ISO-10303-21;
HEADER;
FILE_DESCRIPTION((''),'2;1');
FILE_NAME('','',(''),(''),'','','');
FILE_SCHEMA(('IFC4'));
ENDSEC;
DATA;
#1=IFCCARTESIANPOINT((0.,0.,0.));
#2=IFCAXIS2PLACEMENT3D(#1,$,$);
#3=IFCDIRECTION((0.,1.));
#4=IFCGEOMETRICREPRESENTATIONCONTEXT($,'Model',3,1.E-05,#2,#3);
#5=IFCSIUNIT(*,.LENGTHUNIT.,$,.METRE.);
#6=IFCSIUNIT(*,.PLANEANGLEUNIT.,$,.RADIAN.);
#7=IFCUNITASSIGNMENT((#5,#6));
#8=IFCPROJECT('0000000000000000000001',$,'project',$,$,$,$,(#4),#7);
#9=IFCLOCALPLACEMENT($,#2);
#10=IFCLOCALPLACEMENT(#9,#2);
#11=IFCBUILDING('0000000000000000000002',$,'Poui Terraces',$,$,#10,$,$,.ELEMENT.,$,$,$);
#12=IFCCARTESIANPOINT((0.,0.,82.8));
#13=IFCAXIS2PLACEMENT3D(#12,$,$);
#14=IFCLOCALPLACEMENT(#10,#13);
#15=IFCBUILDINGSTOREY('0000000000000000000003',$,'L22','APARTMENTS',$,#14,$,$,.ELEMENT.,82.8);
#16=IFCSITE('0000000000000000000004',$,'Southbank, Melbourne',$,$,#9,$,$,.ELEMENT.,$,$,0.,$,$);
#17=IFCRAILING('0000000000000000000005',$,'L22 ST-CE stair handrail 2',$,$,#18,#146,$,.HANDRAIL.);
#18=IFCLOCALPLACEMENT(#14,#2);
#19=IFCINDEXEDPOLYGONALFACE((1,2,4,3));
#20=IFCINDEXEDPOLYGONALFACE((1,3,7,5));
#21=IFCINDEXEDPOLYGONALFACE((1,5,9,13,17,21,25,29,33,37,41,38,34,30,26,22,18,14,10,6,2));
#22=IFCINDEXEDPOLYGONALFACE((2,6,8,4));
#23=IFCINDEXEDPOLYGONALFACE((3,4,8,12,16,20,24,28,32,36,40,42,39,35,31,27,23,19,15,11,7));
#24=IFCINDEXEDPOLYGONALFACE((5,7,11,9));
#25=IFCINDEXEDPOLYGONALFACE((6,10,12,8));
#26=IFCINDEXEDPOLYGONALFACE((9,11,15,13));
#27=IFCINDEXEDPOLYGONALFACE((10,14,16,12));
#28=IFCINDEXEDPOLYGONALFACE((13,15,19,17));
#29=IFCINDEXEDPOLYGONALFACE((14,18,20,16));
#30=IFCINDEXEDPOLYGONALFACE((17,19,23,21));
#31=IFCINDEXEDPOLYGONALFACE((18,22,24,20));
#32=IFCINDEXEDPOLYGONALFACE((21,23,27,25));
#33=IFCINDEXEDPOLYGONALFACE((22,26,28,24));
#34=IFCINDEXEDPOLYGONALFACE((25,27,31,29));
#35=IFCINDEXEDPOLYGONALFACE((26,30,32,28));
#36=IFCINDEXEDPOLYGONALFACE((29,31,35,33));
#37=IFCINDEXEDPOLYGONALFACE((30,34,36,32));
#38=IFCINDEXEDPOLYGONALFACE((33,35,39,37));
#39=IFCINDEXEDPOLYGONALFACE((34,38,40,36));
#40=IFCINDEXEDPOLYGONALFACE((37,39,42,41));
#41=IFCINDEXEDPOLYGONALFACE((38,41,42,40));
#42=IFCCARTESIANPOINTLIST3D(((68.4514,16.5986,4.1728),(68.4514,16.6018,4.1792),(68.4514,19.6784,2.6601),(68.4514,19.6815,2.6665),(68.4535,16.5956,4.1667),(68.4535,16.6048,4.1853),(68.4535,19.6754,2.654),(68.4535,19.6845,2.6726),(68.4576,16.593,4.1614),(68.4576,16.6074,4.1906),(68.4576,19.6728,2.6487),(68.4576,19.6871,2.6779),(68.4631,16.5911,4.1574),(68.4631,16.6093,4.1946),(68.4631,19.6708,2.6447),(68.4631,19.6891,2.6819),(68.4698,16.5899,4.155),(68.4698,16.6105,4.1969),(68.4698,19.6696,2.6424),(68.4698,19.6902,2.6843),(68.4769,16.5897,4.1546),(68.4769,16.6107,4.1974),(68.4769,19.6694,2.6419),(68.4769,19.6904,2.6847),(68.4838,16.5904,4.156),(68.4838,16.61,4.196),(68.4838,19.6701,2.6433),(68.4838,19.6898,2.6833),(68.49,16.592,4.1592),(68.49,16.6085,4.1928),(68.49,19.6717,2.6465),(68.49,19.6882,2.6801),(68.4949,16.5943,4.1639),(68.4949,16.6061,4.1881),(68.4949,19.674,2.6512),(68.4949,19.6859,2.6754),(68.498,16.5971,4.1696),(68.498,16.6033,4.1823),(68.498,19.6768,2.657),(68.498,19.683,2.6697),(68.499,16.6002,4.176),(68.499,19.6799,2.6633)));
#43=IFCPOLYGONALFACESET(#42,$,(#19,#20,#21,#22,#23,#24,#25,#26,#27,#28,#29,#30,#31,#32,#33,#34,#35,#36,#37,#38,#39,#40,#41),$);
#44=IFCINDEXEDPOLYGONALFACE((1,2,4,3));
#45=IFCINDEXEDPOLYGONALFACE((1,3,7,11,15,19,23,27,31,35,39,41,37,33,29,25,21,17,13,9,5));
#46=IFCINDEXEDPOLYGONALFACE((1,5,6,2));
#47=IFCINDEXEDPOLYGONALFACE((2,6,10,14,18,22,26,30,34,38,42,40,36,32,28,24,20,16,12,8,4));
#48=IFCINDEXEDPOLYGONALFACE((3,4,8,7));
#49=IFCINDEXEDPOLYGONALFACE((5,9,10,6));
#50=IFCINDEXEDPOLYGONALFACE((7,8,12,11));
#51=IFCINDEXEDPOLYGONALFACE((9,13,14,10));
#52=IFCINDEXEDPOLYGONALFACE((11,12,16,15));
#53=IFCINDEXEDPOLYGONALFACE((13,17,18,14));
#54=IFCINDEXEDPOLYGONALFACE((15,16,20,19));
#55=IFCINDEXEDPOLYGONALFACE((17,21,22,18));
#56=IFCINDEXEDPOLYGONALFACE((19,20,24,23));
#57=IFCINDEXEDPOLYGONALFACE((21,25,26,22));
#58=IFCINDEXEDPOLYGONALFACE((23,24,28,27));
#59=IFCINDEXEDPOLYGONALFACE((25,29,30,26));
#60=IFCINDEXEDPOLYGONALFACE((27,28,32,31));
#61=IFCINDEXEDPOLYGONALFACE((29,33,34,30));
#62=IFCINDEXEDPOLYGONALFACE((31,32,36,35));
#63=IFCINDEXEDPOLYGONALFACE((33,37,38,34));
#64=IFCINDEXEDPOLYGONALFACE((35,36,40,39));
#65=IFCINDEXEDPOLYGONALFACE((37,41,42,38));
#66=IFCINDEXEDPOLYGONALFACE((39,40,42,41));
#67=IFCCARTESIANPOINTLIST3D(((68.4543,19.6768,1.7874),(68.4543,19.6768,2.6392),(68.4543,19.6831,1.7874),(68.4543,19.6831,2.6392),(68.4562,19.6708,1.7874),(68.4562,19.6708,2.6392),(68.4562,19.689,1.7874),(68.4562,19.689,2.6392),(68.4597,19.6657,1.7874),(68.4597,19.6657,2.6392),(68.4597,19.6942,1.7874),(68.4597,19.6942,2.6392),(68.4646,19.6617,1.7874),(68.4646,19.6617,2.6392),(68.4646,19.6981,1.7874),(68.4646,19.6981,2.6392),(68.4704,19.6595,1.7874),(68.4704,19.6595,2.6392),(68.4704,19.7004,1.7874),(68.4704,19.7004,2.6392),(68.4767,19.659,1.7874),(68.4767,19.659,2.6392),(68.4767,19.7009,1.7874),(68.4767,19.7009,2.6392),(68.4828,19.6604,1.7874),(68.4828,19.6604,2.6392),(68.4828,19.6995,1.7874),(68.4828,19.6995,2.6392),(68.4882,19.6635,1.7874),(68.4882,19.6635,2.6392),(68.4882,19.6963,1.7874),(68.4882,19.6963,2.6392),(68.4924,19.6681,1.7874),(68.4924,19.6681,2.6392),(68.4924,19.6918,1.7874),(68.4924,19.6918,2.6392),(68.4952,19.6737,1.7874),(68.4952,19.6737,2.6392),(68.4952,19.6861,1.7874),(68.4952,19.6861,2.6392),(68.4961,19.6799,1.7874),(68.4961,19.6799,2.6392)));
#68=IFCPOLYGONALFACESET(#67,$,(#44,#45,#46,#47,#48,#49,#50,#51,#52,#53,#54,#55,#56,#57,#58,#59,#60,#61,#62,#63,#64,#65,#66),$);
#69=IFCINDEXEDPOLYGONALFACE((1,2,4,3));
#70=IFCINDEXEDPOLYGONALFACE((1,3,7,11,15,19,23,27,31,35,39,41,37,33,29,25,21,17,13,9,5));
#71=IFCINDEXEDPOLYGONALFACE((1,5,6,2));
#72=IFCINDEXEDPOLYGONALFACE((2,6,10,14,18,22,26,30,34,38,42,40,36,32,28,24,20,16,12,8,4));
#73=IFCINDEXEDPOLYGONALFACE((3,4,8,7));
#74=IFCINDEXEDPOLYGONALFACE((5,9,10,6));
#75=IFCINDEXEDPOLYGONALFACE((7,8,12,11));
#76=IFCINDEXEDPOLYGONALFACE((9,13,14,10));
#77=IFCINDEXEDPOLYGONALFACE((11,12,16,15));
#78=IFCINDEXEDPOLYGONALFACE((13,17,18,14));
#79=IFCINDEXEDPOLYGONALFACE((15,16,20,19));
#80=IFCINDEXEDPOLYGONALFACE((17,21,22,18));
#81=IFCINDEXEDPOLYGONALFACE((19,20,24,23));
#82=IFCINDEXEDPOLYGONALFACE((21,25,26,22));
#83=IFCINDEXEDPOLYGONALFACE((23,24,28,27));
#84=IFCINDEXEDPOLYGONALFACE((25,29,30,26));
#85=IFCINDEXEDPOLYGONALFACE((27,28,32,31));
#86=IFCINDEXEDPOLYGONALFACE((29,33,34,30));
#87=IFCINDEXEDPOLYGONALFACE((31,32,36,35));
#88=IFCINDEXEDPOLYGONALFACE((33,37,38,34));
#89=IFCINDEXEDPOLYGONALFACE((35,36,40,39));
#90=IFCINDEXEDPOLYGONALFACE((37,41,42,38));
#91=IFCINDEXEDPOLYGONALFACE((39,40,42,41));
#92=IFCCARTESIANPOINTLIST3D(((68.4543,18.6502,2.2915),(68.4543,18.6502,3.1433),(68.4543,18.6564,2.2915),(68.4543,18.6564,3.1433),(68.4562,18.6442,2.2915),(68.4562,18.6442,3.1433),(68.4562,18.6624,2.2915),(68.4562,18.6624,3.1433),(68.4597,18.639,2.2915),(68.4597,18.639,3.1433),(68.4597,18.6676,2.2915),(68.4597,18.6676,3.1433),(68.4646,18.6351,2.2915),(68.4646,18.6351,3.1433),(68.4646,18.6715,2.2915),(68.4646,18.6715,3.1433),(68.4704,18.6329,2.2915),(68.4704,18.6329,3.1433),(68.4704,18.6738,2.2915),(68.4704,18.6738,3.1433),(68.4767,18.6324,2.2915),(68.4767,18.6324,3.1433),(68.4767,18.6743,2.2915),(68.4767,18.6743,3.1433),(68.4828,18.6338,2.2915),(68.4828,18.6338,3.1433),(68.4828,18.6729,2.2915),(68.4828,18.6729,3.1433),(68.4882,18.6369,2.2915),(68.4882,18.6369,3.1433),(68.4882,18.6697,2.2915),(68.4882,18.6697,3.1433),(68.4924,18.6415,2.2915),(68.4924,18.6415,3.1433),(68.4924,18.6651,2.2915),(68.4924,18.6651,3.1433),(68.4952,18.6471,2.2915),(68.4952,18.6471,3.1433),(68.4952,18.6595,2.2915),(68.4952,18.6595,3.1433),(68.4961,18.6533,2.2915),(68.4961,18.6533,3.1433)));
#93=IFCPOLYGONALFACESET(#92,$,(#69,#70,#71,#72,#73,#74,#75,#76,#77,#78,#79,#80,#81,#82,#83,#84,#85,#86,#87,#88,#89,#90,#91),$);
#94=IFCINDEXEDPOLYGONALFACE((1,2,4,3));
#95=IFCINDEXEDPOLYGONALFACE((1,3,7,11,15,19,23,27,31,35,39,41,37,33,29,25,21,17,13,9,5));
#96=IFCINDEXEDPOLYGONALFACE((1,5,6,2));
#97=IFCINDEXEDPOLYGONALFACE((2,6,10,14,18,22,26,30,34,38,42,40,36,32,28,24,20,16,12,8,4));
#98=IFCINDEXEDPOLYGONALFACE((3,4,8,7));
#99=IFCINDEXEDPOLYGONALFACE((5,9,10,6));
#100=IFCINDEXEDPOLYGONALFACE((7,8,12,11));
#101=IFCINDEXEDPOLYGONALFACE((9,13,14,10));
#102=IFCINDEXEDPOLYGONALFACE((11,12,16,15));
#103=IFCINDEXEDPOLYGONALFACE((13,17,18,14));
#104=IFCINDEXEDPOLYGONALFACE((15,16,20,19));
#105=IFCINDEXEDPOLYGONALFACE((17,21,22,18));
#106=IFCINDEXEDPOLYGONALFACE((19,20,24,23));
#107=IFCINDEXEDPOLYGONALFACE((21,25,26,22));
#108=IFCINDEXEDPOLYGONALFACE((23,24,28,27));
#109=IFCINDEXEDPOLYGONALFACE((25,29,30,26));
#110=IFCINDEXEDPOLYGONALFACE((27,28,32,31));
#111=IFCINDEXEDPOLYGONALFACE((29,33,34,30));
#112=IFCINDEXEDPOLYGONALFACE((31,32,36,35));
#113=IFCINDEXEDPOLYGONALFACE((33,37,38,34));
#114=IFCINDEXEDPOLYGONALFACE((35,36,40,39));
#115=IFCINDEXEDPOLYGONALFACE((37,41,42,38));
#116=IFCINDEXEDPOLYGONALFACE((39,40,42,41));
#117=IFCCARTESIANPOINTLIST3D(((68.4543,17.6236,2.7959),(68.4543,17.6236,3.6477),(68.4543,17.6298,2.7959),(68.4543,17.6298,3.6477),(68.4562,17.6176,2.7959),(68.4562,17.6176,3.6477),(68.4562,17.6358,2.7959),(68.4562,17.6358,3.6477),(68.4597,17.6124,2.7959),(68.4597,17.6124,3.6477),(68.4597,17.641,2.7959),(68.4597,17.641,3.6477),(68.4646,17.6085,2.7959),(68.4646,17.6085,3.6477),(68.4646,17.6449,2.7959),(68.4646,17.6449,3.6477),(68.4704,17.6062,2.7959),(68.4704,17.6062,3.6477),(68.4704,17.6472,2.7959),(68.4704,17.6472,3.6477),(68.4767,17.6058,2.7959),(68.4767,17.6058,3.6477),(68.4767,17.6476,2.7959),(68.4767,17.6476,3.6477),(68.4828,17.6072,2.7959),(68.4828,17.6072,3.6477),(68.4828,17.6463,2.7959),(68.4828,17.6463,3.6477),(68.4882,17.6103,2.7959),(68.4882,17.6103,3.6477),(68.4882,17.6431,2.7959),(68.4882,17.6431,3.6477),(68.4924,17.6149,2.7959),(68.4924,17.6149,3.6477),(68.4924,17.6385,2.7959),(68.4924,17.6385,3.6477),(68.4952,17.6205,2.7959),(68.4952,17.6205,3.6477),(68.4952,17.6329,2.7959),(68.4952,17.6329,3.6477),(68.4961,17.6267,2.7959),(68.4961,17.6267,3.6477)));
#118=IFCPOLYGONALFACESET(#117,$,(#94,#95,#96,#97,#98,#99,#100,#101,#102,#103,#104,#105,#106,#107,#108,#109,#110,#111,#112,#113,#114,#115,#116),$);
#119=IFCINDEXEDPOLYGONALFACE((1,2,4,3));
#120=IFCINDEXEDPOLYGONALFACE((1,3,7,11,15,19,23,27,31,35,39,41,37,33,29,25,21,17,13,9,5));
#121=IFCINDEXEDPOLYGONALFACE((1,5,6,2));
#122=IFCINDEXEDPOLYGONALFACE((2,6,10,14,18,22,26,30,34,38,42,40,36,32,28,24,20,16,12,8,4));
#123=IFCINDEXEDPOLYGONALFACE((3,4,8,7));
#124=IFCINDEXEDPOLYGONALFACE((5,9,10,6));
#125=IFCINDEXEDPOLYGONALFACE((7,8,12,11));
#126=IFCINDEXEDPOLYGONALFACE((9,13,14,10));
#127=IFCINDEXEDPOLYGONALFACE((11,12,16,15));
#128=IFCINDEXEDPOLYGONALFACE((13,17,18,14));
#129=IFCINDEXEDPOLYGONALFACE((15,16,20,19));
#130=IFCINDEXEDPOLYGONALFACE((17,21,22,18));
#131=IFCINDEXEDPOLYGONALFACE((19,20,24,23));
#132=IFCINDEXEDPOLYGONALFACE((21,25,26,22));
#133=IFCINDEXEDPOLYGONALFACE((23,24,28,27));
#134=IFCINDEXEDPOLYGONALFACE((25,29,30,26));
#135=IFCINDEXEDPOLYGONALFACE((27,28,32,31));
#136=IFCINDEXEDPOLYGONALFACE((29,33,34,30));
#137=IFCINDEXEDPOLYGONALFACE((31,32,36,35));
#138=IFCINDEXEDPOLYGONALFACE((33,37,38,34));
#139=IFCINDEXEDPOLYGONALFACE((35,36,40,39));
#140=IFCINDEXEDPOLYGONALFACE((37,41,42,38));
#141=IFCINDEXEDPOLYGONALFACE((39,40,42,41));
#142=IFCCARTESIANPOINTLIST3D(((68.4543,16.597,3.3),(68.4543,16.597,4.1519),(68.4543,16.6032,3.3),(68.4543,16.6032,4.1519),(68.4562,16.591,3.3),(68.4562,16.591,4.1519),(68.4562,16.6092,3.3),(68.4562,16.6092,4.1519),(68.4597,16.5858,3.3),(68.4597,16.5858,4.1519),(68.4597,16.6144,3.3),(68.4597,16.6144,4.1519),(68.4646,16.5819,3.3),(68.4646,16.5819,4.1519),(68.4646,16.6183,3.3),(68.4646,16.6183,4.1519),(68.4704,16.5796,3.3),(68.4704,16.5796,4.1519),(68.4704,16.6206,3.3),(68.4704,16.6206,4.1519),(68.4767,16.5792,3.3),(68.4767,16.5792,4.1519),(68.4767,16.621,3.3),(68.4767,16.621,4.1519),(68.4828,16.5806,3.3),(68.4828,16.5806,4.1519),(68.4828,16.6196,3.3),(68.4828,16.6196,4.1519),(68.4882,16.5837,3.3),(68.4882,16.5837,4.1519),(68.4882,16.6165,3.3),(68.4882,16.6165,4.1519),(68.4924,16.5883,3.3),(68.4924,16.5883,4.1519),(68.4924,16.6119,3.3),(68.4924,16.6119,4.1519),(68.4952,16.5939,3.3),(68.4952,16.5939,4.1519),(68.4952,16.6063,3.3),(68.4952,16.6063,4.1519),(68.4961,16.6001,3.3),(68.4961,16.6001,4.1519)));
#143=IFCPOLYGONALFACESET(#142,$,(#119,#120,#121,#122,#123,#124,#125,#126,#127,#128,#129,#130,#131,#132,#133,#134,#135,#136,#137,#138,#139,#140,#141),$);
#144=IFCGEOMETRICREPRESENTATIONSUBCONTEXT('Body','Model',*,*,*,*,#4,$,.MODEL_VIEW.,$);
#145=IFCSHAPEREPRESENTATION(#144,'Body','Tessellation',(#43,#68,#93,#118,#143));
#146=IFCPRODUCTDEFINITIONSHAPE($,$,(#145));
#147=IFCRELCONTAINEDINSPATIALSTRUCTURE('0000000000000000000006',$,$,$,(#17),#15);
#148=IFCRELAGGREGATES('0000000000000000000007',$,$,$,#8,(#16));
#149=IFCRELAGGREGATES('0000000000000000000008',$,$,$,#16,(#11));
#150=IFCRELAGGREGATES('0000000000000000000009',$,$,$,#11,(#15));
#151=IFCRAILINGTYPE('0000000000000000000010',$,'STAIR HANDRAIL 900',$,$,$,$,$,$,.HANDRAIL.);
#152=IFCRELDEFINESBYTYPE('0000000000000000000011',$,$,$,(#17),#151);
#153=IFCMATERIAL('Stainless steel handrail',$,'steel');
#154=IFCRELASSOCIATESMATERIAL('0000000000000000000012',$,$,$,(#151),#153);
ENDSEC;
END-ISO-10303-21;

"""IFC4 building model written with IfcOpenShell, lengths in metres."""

from ifc_helpers import new_model, si_unit, direction, frame, origin, origin_2d, place, context, subcontext, project, spatial, circle, extrude, material, type_object, element, save


model = new_model("IFC4")

# Units and contexts
model_context = context("Model", 3, precision=1e-05, world=origin(), true_north=direction((0.0, 1.0)))
body_context = subcontext(model_context, "Body", "Model", "MODEL_VIEW")
ifc_project = project(units=[si_unit("LENGTHUNIT", "METRE"), si_unit("PLANEANGLEUNIT", "RADIAN")], contexts=[model_context])

# Site, building, storey
site_placement = place(None, origin())
site = spatial("IfcSite", under=ifc_project, at=site_placement, Name="Southbank, Melbourne", CompositionType="ELEMENT", RefElevation=0.0)
building_placement = place(site_placement, origin())
building = spatial("IfcBuilding", under=site, at=building_placement, Name="Poui Terraces", CompositionType="ELEMENT")
storey_placement = place(building_placement, frame((0.0, 0.0, 82.8)))
storey = spatial("IfcBuildingStorey", under=building, at=storey_placement, Name="L22", Description="APARTMENTS", CompositionType="ELEMENT", Elevation=82.8)

# Railing
ifc_material_1 = material(Name="Stainless steel handrail", Category="steel")
railing_type = type_object("IfcRailingType", Name="STAIR HANDRAIL 900", PredefinedType="HANDRAIL", material=ifc_material_1)
railing_placement = place(storey_placement, frame((68.4751, 19.6799, 1.7874)))
element("IfcRailing", 1, at=railing_placement, inside=storey, type_object=railing_type, Name="L22 ST-CE stair handrail 2", PredefinedType="HANDRAIL", context=body_context, shape_type="SweptSolid", body=[
    extrude(circle(Radius=0.0239, at=origin_2d()), frame((0.0, 0.0, 0.876), z_axis=(0.0, -0.897578, 0.440856), x_axis=(1.0, 0.0, 0.0)), (0.0, 0.0, 1.0), 3.4312),
    extrude(circle(Radius=0.021, at=origin_2d()), origin(), (0.0, 0.0, 1.0), 0.8518),
    extrude(circle(Radius=0.021, at=origin_2d()), frame((0.0, -1.0266, 0.5042)), (0.0, 0.0, 1.0), 0.8518),
    extrude(circle(Radius=0.021, at=origin_2d()), frame((0.0, -2.0532, 1.0085)), (0.0, 0.0, 1.0), 0.8518),
    extrude(circle(Radius=0.021, at=origin_2d()), frame((0.0, -3.0798, 1.5127)), (0.0, 0.0, 1.0), 0.8518),
])

save(model, "model.ifc")
